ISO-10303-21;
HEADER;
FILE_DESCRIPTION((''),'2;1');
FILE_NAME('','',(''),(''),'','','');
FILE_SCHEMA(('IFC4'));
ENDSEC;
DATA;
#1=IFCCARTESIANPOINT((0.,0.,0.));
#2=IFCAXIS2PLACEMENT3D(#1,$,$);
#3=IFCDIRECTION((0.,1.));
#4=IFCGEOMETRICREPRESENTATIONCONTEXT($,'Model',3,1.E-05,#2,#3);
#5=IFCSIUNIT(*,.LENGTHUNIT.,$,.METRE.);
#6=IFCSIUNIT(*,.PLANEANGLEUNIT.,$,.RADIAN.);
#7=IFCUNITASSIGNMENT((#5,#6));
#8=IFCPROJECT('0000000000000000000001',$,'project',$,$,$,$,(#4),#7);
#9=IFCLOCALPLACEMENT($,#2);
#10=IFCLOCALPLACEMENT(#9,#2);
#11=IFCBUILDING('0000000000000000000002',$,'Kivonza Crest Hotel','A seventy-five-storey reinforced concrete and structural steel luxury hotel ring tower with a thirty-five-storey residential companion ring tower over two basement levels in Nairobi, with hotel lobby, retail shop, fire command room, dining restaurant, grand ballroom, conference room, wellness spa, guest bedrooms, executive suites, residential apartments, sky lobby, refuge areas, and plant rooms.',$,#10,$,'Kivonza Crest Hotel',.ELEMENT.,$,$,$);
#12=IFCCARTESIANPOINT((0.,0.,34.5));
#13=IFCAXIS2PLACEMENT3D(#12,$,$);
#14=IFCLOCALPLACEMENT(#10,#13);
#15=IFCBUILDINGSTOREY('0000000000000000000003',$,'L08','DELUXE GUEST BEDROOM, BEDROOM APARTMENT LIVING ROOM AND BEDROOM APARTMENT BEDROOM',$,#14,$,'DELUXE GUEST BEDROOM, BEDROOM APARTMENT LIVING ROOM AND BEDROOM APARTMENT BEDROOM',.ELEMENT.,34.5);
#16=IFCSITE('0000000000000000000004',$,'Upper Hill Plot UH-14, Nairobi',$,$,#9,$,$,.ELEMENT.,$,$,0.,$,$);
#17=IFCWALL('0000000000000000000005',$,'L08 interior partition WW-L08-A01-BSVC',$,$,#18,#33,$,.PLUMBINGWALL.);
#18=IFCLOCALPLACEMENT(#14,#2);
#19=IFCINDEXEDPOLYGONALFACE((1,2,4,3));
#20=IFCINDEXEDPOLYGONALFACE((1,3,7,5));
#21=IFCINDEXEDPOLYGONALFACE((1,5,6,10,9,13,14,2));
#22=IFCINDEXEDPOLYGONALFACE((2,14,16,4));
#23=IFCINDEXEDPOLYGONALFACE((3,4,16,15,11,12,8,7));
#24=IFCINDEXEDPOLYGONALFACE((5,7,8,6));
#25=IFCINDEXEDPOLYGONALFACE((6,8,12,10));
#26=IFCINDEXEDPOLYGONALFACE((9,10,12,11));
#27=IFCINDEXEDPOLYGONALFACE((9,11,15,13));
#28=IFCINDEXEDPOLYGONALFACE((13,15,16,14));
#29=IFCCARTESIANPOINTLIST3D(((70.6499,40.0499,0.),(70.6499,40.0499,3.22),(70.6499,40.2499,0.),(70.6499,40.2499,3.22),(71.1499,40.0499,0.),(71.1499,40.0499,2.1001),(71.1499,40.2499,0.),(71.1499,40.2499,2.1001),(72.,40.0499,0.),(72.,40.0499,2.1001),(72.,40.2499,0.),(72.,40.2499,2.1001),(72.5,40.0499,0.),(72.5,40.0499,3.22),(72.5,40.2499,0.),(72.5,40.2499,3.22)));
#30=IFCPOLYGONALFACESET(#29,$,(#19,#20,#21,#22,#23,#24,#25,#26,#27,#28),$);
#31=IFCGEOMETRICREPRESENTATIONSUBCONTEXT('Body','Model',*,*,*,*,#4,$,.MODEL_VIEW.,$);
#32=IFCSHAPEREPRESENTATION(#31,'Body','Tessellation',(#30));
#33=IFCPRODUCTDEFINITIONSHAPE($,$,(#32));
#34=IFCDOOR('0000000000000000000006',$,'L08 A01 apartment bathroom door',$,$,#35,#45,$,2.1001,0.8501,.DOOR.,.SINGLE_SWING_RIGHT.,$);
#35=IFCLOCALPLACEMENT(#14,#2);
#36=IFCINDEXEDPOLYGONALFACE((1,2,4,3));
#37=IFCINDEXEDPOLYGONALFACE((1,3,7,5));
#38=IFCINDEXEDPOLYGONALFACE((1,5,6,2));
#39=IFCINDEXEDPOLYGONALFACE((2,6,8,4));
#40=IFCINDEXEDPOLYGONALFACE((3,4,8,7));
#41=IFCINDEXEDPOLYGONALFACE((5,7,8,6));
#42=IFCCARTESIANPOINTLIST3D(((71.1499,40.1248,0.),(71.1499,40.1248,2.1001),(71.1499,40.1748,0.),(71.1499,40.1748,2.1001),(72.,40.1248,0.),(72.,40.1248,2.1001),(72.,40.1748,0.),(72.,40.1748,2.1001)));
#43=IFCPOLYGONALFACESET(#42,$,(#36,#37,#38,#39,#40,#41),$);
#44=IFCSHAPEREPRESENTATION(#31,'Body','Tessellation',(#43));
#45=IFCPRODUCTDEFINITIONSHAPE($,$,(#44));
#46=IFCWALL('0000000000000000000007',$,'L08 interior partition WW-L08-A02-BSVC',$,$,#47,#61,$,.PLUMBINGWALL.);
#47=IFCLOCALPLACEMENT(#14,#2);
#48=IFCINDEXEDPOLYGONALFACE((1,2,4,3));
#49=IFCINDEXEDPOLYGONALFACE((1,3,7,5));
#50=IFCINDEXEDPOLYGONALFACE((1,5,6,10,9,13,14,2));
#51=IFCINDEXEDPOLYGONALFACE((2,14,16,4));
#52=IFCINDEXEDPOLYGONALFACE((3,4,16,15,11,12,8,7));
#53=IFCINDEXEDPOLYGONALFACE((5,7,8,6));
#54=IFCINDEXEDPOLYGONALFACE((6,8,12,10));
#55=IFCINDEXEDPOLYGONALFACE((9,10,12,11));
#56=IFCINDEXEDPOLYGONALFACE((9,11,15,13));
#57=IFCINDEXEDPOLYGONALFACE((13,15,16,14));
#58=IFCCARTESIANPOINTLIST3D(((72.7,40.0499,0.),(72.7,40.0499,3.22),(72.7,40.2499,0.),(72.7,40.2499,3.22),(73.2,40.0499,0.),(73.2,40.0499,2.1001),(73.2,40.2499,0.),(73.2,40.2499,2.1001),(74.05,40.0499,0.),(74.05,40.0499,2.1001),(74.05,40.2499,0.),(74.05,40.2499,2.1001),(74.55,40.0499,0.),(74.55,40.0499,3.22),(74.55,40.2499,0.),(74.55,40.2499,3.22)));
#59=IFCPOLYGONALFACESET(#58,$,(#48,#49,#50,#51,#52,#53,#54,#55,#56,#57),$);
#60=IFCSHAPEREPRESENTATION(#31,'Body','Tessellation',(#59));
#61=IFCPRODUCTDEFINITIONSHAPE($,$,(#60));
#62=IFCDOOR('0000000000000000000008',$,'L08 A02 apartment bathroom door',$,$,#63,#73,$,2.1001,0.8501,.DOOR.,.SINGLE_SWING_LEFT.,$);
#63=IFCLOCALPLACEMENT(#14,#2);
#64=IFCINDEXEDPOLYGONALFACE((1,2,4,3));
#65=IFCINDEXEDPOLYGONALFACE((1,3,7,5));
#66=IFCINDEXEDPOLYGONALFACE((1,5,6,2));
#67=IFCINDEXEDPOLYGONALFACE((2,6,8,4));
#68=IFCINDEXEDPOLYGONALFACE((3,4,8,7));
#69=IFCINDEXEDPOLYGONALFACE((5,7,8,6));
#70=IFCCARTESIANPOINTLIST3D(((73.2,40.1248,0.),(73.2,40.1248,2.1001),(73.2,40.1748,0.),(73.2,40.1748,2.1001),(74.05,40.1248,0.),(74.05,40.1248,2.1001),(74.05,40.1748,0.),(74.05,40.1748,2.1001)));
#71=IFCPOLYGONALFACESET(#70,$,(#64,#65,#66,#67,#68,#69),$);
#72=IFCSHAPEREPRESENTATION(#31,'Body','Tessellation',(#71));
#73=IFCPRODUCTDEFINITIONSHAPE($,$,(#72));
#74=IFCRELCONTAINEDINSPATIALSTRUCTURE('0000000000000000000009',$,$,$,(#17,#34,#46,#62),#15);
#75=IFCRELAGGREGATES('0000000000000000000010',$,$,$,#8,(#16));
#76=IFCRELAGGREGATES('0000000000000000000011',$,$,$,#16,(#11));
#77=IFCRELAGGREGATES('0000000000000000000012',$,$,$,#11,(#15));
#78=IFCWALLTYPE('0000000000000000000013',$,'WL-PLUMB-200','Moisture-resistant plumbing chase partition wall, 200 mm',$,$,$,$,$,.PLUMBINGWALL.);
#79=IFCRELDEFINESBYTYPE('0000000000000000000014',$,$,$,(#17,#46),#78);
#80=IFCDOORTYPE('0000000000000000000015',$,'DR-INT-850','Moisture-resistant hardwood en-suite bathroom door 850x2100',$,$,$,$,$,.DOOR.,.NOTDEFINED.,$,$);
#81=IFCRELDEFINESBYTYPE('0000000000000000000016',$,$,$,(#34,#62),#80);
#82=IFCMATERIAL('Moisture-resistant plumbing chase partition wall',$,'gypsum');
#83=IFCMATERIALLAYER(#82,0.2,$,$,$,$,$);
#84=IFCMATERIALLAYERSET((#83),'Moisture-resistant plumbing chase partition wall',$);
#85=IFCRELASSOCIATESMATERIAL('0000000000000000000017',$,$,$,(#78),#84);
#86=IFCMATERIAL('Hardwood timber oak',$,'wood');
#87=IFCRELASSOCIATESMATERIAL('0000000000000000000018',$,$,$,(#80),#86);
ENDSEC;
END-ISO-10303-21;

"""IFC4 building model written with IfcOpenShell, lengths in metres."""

from ifc_helpers import new_model, si_unit, direction, frame, frame_2d, origin, place, context, subcontext, project, spatial, rectangle, extrude, material, layer, layer_set, type_object, element, fill, save


model = new_model("IFC4")

# Units and contexts
model_context = context("Model", 3, precision=1e-05, world=origin(), true_north=direction((0.0, 1.0)))
body_context = subcontext(model_context, "Body", "Model", "MODEL_VIEW")
ifc_project = project(units=[si_unit("LENGTHUNIT", "METRE"), si_unit("PLANEANGLEUNIT", "RADIAN")], contexts=[model_context])

# Site, building, storey
site_placement = place(None, origin())
site = spatial("IfcSite", under=ifc_project, at=site_placement, Name="Upper Hill Plot UH-14, Nairobi", CompositionType="ELEMENT", RefElevation=0.0)
building_placement = place(site_placement, origin())
building = spatial("IfcBuilding", under=site, at=building_placement, Name="Kivonza Crest Hotel", Description="A seventy-five-storey reinforced concrete and structural steel luxury hotel ring tower with a thirty-five-storey residential companion ring tower over two basement levels in Nairobi, with hotel lobby, retail shop, fire command room, dining restaurant, grand ballroom, conference room, wellness spa, guest bedrooms, executive suites, residential apartments, sky lobby, refuge areas, and plant rooms.", LongName="Kivonza Crest Hotel", CompositionType="ELEMENT")
storey_placement = place(building_placement, frame((0.0, 0.0, 34.5)))
storey = spatial("IfcBuildingStorey", under=building, at=storey_placement, Name="L08", Description="DELUXE GUEST BEDROOM, BEDROOM APARTMENT LIVING ROOM AND BEDROOM APARTMENT BEDROOM", LongName="DELUXE GUEST BEDROOM, BEDROOM APARTMENT LIVING ROOM AND BEDROOM APARTMENT BEDROOM", CompositionType="ELEMENT", Elevation=34.5)

# Shared definitions
ifc_material_1 = material(Name="Hardwood timber oak", Category="wood")

# Shared definitions
ifc_material_2 = material(Name="Moisture-resistant plumbing chase partition wall", Category="gypsum")
ifc_layer_1 = layer(ifc_material_2, 0.2)
ifc_layer_set_1 = layer_set([ifc_layer_1], Name="Moisture-resistant plumbing chase partition wall")
wall_type_1 = type_object("IfcWallType", Name="WL-PLUMB-200", Description="Moisture-resistant plumbing chase partition wall, 200 mm", PredefinedType="PLUMBINGWALL", material=ifc_layer_set_1)

# Walls, openings, doors
wall_1_placement = place(storey_placement, frame((70.6499, 40.1499, 0.0), z_axis=(0.0, 0.0, 1.0), x_axis=(1.0, 0.0, 0.0)))
wall_1 = element("IfcWall", 1, at=wall_1_placement, inside=storey, type_object=wall_type_1, Name="L08 interior partition WW-L08-A01-BSVC", PredefinedType="PLUMBINGWALL", context=body_context, shape_type="SweptSolid", body=[
    extrude(rectangle(XDim=1.8501, YDim=0.2, at=frame_2d((0.925, 0.0))), origin(), (0.0, 0.0, 1.0), 3.22),
])
opening_1_placement = place(wall_1_placement, frame((0.5, 0.0, 0.0)))
opening_1 = element("IfcOpeningElement", 2, at=opening_1_placement, cuts=wall_1, PredefinedType="OPENING", context=body_context, shape_type="SweptSolid", body=[
    extrude(rectangle(XDim=0.8501, YDim=2.1001, at=frame_2d((0.425, 1.05))), frame((0.0, 0.1099, 0.0), z_axis=(0.0, -1.0, 0.0), x_axis=(1.0, 0.0, 0.0)), (0.0, 0.0, 1.0), 0.22),
])
door_type_1 = type_object("IfcDoorType", Name="DR-INT-850", Description="Moisture-resistant hardwood en-suite bathroom door 850x2100", OperationType="NOTDEFINED", PredefinedType="DOOR", material=ifc_material_1)
door_1_placement = place(opening_1_placement, origin())
door_1 = element("IfcDoor", 3, at=door_1_placement, inside=storey, type_object=door_type_1, Name="L08 A01 apartment bathroom door", OperationType="SINGLE_SWING_RIGHT", OverallHeight=2.1001, OverallWidth=0.8501, PredefinedType="DOOR", context=body_context, shape_type="SweptSolid", body=[
    extrude(rectangle(XDim=0.8501, YDim=2.1001, at=frame_2d((0.425, 1.05))), frame((0.0, 0.0249, 0.0), z_axis=(0.0, -1.0, 0.0), x_axis=(1.0, 0.0, 0.0)), (0.0, 0.0, 1.0), 0.05),
])
fill(opening_1, door_1)
wall_2_placement = place(storey_placement, frame((72.7, 40.1499, 0.0), z_axis=(0.0, 0.0, 1.0), x_axis=(1.0, 0.0, 0.0)))
wall_2 = element("IfcWall", 4, at=wall_2_placement, inside=storey, type_object=wall_type_1, Name="L08 interior partition WW-L08-A02-BSVC", PredefinedType="PLUMBINGWALL", context=body_context, shape_type="SweptSolid", body=[
    extrude(rectangle(XDim=1.8501, YDim=0.2, at=frame_2d((0.925, 0.0))), origin(), (0.0, 0.0, 1.0), 3.22),
])
opening_2_placement = place(wall_2_placement, frame((0.5, 0.0, 0.0)))
opening_2 = element("IfcOpeningElement", 5, at=opening_2_placement, cuts=wall_2, PredefinedType="OPENING", context=body_context, shape_type="SweptSolid", body=[
    extrude(rectangle(XDim=0.8501, YDim=2.1001, at=frame_2d((0.425, 1.05))), frame((0.0, 0.1099, 0.0), z_axis=(0.0, -1.0, 0.0), x_axis=(1.0, 0.0, 0.0)), (0.0, 0.0, 1.0), 0.22),
])
door_2_placement = place(opening_2_placement, origin())
door_2 = element("IfcDoor", 6, at=door_2_placement, inside=storey, type_object=door_type_1, Name="L08 A02 apartment bathroom door", OperationType="SINGLE_SWING_LEFT", OverallHeight=2.1001, OverallWidth=0.8501, PredefinedType="DOOR", context=body_context, shape_type="SweptSolid", body=[
    extrude(rectangle(XDim=0.8501, YDim=2.1001, at=frame_2d((0.425, 1.05))), frame((0.0, 0.0249, 0.0), z_axis=(0.0, -1.0, 0.0), x_axis=(1.0, 0.0, 0.0)), (0.0, 0.0, 1.0), 0.05),
])
fill(opening_2, door_2)

save(model, "model.ifc")
